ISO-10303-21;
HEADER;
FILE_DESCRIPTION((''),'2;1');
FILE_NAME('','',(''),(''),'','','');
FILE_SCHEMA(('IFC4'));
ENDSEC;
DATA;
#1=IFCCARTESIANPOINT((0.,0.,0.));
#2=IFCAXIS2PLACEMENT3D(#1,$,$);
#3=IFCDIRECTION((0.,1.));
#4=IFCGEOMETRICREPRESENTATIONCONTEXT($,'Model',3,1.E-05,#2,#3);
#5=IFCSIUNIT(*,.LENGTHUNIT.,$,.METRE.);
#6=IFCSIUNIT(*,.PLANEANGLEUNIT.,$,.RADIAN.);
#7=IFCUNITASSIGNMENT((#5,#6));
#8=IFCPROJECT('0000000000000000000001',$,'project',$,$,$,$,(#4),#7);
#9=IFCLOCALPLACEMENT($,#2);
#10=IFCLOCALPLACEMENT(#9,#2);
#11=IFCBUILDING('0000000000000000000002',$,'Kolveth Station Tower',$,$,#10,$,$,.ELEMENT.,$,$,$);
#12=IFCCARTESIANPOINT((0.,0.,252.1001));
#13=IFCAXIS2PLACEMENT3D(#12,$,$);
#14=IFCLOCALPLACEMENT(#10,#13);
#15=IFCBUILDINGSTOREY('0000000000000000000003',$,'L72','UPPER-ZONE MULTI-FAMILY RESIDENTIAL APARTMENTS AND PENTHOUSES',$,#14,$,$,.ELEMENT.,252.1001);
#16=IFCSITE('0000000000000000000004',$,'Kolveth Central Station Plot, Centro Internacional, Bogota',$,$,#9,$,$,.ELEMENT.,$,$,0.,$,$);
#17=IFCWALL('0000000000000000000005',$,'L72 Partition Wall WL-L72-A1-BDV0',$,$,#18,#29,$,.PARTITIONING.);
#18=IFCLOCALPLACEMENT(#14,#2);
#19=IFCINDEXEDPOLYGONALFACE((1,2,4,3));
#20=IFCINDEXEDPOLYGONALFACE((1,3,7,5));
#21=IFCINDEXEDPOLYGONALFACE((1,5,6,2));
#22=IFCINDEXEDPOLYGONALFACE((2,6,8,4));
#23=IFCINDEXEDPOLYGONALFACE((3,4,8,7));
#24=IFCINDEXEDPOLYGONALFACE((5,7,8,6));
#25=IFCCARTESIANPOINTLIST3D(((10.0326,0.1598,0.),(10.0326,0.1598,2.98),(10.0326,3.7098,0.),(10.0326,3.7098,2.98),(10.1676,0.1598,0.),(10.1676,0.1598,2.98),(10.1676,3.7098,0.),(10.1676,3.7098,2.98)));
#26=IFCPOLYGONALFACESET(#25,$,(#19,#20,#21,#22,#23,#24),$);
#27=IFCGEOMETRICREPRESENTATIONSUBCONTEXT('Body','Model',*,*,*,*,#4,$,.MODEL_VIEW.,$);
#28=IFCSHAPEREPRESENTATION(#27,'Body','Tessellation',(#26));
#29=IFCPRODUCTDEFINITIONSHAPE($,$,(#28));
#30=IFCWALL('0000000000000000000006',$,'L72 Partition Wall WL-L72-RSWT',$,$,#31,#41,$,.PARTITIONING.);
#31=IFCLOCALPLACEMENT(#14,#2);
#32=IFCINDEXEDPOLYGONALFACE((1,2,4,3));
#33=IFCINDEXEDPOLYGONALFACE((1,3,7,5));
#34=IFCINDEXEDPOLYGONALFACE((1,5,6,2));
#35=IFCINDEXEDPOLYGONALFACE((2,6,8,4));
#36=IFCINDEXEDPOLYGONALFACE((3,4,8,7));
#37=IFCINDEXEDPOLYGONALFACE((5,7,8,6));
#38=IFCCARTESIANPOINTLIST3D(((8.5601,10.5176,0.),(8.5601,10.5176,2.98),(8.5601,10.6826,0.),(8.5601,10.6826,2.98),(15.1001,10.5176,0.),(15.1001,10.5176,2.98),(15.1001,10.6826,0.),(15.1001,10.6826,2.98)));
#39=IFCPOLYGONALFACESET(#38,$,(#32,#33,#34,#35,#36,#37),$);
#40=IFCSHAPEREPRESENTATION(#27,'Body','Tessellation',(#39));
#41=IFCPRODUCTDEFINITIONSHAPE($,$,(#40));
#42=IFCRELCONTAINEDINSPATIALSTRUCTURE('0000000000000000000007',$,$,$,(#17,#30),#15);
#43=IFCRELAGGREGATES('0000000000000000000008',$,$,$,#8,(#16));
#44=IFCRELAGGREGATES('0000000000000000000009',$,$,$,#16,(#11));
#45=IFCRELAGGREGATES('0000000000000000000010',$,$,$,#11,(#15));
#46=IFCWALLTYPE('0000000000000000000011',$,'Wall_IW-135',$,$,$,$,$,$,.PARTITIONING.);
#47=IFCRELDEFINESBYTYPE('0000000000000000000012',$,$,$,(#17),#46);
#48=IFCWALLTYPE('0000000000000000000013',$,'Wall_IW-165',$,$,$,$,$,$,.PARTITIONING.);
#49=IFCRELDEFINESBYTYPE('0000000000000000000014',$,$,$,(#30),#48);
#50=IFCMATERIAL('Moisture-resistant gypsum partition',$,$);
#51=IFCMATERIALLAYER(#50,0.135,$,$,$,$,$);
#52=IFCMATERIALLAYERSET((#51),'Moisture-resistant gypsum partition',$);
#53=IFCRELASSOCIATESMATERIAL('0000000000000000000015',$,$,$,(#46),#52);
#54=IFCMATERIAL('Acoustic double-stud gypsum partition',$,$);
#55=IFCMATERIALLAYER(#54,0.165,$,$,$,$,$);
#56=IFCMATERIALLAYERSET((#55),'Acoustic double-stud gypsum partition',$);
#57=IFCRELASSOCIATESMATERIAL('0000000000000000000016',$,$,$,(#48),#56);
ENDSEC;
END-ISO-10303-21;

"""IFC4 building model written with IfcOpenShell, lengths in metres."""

from ifc_helpers import new_model, si_unit, direction, frame, frame_2d, origin, place, context, subcontext, project, spatial, rectangle, extrude, material, layer, layer_set, type_object, element, save


model = new_model("IFC4")

# Units and contexts
model_context = context("Model", 3, precision=1e-05, world=origin(), true_north=direction((0.0, 1.0)))
body_context = subcontext(model_context, "Body", "Model", "MODEL_VIEW")
ifc_project = project(units=[si_unit("LENGTHUNIT", "METRE"), si_unit("PLANEANGLEUNIT", "RADIAN")], contexts=[model_context])

# Site, building, storey
site_placement = place(None, origin())
site = spatial("IfcSite", under=ifc_project, at=site_placement, Name="Kolveth Central Station Plot, Centro Internacional, Bogota", CompositionType="ELEMENT", RefElevation=0.0)
building_placement = place(site_placement, origin())
building = spatial("IfcBuilding", under=site, at=building_placement, Name="Kolveth Station Tower", CompositionType="ELEMENT")
storey_placement = place(building_placement, frame((0.0, 0.0, 252.1001)))
storey = spatial("IfcBuildingStorey", under=building, at=storey_placement, Name="L72", Description="UPPER-ZONE MULTI-FAMILY RESIDENTIAL APARTMENTS AND PENTHOUSES", CompositionType="ELEMENT", Elevation=252.1001)

# Shared definitions
ifc_material_1 = material(Name="Moisture-resistant gypsum partition")
ifc_layer_1 = layer(ifc_material_1, 0.135)
ifc_layer_set_1 = layer_set([ifc_layer_1], Name="Moisture-resistant gypsum partition")
wall_type_1 = type_object("IfcWallType", Name="Wall_IW-135", PredefinedType="PARTITIONING", material=ifc_layer_set_1)

# Wall
wall_1_placement = place(storey_placement, frame((10.1001, 0.1599, 0.0), z_axis=(0.0, 0.0, 1.0), x_axis=(0.0, 1.0, 0.0)))
element("IfcWall", 1, at=wall_1_placement, inside=storey, type_object=wall_type_1, Name="L72 Partition Wall WL-L72-A1-BDV0", PredefinedType="PARTITIONING", context=body_context, shape_type="SweptSolid", body=[
    extrude(rectangle(XDim=3.55, YDim=0.135, at=frame_2d((1.7749, 0.0))), origin(), (0.0, 0.0, 1.0), 2.98),
])

# Wall
ifc_material_2 = material(Name="Acoustic double-stud gypsum partition")
ifc_layer_2 = layer(ifc_material_2, 0.165)
ifc_layer_set_2 = layer_set([ifc_layer_2], Name="Acoustic double-stud gypsum partition")
wall_type_2 = type_object("IfcWallType", Name="Wall_IW-165", PredefinedType="PARTITIONING", material=ifc_layer_set_2)
wall_2_placement = place(storey_placement, frame((8.5601, 10.6001, 0.0), z_axis=(0.0, 0.0, 1.0), x_axis=(1.0, 0.0, 0.0)))
element("IfcWall", 2, at=wall_2_placement, inside=storey, type_object=wall_type_2, Name="L72 Partition Wall WL-L72-RSWT", PredefinedType="PARTITIONING", context=body_context, shape_type="SweptSolid", body=[
    extrude(rectangle(XDim=6.54, YDim=0.165, at=frame_2d((3.27, 0.0))), origin(), (0.0, 0.0, 1.0), 2.98),
])

save(model, "model.ifc")
